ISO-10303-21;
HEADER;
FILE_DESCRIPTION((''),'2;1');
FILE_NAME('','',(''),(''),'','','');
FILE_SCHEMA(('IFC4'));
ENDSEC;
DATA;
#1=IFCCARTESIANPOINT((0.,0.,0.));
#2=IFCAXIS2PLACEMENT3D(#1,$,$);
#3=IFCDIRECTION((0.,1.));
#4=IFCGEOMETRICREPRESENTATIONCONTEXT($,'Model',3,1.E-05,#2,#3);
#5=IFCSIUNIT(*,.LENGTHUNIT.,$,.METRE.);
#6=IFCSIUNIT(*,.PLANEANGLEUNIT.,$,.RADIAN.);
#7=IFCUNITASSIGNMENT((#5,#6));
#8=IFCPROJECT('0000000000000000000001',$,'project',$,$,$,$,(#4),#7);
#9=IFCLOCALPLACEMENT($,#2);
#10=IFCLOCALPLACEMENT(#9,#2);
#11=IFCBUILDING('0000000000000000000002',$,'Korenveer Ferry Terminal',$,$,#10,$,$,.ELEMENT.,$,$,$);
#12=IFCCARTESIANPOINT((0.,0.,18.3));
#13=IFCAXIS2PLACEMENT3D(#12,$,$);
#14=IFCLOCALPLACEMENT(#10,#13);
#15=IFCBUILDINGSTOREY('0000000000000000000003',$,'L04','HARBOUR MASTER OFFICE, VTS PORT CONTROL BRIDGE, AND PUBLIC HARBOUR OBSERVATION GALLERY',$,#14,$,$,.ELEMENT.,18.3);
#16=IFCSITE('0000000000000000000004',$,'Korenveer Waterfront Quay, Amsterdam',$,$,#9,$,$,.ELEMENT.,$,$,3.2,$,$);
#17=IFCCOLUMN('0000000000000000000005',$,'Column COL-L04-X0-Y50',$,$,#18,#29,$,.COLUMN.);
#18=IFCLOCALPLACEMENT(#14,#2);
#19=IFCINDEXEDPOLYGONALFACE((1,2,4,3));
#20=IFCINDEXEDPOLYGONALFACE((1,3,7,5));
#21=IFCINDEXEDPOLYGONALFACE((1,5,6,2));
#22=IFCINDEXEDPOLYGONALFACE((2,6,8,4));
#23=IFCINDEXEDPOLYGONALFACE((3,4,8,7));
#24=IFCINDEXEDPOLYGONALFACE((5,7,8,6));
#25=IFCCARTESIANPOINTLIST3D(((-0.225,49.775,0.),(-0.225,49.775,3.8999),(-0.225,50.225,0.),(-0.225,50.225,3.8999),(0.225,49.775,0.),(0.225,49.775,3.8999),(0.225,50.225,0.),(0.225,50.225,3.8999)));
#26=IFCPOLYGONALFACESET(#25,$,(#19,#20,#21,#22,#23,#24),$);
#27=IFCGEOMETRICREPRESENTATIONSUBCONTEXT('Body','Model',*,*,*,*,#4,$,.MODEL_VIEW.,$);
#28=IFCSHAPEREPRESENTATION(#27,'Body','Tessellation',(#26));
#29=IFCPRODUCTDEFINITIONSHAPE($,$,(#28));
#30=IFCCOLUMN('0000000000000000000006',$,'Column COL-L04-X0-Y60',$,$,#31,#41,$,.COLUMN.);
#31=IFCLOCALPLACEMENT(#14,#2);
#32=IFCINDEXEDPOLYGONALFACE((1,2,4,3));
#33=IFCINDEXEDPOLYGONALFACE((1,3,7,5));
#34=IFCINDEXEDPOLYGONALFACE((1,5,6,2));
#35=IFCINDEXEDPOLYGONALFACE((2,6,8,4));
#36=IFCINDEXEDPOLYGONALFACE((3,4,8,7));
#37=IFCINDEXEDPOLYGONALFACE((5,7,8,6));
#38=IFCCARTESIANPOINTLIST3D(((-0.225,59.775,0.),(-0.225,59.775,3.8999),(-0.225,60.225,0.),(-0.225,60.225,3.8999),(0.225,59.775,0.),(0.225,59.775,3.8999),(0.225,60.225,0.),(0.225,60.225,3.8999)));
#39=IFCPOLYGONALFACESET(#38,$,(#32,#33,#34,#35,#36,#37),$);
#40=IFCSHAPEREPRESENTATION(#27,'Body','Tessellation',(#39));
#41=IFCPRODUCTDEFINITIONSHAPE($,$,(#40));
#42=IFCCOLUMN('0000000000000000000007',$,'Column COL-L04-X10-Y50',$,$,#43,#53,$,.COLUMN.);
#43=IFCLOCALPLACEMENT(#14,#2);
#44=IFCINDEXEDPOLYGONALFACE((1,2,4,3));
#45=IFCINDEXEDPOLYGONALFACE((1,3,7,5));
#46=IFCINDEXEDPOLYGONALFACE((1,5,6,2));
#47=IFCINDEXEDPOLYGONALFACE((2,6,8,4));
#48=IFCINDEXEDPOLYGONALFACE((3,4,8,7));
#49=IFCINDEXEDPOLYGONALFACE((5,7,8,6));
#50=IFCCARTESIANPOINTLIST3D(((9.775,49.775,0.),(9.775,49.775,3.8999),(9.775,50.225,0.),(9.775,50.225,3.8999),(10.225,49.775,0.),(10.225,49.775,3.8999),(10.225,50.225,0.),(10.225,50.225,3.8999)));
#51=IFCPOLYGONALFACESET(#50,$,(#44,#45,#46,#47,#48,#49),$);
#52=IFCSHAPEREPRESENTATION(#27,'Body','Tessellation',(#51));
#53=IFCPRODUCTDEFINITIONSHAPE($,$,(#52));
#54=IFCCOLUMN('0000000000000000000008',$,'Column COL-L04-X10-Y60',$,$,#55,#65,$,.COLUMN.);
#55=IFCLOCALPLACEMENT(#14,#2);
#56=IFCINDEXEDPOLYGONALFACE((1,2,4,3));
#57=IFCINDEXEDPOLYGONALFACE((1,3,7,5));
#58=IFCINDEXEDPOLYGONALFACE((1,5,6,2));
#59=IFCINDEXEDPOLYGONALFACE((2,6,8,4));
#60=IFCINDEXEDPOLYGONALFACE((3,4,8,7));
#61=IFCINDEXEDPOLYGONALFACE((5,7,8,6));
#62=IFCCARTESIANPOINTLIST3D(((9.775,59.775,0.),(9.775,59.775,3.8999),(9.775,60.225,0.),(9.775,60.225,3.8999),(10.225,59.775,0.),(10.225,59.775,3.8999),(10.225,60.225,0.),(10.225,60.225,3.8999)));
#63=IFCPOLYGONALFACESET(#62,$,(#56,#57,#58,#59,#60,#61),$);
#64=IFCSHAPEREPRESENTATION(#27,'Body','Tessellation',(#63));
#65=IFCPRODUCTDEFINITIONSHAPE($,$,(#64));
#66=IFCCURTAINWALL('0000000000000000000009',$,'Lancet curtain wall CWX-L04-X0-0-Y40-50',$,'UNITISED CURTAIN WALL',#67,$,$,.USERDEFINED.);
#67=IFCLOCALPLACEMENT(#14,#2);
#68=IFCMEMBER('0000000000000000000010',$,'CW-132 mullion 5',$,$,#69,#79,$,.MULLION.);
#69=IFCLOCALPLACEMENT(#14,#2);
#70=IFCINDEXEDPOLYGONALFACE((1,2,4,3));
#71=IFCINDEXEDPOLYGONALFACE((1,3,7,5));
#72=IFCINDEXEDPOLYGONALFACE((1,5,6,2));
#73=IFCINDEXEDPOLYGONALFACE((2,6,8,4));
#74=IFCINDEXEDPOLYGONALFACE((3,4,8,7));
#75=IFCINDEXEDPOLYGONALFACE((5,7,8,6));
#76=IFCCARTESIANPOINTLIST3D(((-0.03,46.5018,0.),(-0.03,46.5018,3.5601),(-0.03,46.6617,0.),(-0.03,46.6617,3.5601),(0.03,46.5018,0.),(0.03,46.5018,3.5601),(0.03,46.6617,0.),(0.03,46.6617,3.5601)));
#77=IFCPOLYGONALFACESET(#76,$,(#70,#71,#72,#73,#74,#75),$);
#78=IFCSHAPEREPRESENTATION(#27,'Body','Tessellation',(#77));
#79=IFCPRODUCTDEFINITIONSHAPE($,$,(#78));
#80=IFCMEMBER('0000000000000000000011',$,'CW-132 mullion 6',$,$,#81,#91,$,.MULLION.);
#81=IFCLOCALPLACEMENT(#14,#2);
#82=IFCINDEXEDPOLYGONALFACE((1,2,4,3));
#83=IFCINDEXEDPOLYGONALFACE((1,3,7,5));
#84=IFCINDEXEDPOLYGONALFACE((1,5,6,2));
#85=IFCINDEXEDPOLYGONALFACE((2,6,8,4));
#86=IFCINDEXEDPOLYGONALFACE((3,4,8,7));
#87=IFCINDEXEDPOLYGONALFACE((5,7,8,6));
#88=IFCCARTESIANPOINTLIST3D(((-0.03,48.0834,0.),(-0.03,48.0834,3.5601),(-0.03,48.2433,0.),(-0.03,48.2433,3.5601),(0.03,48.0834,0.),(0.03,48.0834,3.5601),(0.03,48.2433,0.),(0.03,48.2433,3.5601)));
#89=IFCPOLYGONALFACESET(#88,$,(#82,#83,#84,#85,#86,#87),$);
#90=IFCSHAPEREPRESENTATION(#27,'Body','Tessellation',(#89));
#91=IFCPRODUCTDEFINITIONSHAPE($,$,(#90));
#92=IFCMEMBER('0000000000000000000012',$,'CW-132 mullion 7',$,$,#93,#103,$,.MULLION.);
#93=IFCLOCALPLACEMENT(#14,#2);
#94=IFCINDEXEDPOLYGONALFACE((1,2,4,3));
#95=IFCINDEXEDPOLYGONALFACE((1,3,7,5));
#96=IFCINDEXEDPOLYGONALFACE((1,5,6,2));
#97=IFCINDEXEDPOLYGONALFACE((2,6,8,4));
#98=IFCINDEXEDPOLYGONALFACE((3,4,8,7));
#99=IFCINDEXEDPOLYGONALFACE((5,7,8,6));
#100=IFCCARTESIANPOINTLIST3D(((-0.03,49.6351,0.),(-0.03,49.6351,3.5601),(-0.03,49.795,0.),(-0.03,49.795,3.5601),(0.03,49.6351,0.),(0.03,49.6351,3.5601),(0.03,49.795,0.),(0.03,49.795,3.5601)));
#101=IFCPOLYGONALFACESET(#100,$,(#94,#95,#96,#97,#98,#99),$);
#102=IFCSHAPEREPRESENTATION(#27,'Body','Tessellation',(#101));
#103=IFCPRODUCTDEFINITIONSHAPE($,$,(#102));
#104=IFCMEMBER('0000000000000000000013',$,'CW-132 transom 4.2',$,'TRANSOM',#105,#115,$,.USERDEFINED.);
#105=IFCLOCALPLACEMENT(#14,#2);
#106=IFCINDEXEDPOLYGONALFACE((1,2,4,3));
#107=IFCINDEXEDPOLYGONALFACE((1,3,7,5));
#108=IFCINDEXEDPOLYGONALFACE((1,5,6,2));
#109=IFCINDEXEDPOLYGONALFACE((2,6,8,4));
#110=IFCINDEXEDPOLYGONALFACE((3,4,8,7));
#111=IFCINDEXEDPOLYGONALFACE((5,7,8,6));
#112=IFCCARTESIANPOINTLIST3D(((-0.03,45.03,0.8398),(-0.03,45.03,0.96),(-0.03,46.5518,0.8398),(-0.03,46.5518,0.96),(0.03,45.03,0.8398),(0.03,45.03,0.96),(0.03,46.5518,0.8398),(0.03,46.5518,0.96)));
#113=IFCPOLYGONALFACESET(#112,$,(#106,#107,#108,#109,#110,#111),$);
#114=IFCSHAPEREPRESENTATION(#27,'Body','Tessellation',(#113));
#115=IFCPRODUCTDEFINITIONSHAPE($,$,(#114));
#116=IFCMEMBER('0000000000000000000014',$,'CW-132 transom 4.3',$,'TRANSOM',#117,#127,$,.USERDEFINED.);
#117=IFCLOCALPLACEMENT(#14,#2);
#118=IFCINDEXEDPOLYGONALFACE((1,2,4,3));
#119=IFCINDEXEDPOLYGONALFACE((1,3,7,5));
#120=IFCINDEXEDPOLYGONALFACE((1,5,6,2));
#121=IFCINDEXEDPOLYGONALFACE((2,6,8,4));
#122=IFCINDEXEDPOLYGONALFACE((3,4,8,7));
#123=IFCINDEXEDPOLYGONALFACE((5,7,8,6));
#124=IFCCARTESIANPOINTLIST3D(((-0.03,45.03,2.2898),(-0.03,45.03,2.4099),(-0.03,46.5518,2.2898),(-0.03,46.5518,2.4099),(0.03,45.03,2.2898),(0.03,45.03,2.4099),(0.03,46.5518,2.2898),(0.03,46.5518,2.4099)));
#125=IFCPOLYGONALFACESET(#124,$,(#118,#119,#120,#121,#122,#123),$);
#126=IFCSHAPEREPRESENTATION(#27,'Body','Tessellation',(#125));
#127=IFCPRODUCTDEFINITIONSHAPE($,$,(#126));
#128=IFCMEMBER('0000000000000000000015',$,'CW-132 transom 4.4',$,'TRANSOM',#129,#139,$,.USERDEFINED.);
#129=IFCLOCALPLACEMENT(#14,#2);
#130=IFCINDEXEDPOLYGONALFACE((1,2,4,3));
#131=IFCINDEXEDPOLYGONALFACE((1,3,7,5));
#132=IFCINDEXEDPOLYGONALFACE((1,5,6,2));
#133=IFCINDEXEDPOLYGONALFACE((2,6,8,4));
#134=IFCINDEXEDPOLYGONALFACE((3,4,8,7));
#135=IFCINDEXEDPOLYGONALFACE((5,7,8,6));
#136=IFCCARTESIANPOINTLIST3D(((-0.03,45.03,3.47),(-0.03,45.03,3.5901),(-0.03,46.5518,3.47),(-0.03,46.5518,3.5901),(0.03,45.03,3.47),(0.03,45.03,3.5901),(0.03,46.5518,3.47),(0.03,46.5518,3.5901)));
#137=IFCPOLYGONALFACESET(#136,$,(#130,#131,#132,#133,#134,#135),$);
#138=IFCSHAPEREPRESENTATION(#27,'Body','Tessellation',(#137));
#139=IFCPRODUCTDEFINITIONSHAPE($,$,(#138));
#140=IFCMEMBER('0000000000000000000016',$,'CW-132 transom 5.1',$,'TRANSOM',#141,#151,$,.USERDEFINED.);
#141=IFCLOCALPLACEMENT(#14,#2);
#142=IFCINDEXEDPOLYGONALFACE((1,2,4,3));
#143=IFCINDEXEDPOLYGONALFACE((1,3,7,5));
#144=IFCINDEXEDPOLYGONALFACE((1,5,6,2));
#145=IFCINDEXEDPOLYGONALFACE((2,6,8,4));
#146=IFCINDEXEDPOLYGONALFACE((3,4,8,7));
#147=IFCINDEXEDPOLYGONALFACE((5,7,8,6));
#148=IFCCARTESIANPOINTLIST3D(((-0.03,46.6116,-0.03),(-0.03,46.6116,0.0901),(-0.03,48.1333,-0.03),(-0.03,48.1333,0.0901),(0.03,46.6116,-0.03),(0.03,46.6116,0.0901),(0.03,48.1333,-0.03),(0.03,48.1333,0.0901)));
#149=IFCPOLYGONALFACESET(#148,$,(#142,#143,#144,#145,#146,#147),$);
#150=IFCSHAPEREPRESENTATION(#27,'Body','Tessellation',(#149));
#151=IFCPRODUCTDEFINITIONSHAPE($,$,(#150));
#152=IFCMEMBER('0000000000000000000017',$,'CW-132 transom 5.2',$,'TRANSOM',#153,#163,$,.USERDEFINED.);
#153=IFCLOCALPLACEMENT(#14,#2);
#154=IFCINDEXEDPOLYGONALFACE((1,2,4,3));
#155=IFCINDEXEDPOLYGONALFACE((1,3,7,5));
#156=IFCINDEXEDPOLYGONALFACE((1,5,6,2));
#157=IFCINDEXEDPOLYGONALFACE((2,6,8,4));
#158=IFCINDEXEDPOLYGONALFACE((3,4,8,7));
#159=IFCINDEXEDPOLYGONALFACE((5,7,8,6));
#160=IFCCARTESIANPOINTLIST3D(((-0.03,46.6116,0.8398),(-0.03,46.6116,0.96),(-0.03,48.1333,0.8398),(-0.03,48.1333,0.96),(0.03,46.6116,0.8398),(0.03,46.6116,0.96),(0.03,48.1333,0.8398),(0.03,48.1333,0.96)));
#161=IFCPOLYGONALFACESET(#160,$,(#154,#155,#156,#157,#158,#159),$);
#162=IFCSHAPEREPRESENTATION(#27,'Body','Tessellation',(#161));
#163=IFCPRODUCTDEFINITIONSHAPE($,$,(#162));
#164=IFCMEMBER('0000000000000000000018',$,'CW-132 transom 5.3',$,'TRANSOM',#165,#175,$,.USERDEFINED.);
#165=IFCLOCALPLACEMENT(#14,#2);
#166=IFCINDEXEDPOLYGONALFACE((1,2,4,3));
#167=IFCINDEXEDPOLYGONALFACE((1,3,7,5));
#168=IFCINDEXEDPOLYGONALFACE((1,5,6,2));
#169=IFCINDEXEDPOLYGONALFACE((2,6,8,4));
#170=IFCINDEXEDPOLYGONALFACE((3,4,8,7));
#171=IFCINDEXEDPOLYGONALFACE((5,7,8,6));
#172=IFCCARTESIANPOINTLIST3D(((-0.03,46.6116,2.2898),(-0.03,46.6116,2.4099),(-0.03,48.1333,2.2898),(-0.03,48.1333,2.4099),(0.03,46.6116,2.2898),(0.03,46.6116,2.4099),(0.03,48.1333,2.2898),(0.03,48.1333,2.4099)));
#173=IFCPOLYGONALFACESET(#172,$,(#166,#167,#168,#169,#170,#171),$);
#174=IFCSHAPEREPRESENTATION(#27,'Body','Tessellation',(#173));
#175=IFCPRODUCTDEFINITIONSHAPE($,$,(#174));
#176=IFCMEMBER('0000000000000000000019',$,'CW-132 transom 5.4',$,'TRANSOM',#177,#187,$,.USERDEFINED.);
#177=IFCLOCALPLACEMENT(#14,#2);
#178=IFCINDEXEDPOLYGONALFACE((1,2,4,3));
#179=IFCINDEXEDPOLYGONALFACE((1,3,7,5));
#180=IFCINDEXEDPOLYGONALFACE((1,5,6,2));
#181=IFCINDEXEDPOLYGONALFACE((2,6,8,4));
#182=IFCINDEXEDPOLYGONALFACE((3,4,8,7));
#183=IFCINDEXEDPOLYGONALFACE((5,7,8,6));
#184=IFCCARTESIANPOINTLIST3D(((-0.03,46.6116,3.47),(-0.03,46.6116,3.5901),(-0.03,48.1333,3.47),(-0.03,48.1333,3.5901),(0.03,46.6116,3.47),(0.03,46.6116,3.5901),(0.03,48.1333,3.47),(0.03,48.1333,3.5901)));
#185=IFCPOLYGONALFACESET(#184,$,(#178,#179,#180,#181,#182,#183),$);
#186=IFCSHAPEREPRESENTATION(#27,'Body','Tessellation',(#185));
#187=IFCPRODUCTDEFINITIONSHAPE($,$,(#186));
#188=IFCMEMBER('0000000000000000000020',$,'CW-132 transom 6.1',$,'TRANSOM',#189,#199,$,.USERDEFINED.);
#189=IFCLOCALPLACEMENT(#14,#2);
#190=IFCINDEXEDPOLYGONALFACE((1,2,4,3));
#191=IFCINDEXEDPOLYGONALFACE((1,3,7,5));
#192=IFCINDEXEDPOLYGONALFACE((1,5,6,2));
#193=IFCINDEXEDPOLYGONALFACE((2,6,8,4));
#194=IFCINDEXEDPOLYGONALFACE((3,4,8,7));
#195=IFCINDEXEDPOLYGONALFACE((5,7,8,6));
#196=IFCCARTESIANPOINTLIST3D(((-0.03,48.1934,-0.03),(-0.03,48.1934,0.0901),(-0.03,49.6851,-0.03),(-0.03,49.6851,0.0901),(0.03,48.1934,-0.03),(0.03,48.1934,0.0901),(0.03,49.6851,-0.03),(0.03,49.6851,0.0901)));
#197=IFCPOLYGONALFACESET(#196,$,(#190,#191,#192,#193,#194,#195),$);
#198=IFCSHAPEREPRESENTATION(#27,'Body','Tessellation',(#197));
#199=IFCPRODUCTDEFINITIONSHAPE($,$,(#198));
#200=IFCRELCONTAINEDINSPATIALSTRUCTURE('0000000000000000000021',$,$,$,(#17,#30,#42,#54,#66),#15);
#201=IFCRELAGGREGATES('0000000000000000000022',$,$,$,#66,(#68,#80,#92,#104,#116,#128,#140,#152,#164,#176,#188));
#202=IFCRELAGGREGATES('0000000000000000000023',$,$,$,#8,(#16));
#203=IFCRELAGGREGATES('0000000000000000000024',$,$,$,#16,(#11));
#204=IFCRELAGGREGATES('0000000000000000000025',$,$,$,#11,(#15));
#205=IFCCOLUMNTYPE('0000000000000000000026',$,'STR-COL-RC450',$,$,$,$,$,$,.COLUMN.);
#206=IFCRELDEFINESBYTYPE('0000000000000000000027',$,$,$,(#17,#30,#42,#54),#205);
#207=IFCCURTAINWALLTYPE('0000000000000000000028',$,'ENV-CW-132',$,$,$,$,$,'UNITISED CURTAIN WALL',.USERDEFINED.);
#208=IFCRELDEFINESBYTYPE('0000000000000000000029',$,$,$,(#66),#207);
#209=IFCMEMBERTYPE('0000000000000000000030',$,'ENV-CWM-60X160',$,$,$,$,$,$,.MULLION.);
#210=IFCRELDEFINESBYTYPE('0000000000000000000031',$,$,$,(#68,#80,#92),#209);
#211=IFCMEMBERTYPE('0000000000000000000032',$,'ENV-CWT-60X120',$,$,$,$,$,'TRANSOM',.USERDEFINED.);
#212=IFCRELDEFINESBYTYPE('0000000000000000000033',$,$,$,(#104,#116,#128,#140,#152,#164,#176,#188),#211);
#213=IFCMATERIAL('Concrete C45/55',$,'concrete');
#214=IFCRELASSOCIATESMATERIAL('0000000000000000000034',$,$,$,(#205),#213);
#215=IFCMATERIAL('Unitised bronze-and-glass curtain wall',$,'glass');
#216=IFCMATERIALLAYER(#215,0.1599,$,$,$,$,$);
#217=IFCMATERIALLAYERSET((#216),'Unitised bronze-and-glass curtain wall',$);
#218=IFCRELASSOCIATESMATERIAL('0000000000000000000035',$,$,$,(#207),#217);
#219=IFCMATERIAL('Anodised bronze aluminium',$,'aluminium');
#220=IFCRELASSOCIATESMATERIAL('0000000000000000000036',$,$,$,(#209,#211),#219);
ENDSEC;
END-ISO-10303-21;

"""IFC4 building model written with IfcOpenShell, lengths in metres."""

from ifc_helpers import new_model, si_unit, direction, frame, origin, origin_2d, place, context, subcontext, project, spatial, rectangle, extrude, material, layer, layer_set, material_profile, profile_set, type_object, element, aggregate, save


model = new_model("IFC4")

# Units and contexts
model_context = context("Model", 3, precision=1e-05, world=origin(), true_north=direction((0.0, 1.0)))
body_context = subcontext(model_context, "Body", "Model", "MODEL_VIEW")
ifc_project = project(units=[si_unit("LENGTHUNIT", "METRE"), si_unit("PLANEANGLEUNIT", "RADIAN")], contexts=[model_context])

# Site, building, storey
site_placement = place(None, origin())
site = spatial("IfcSite", under=ifc_project, at=site_placement, Name="Korenveer Waterfront Quay, Amsterdam", CompositionType="ELEMENT", RefElevation=3.2)
building_placement = place(site_placement, origin())
building = spatial("IfcBuilding", under=site, at=building_placement, Name="Korenveer Ferry Terminal", CompositionType="ELEMENT")
storey_placement = place(building_placement, frame((0.0, 0.0, 18.3)))
storey = spatial("IfcBuildingStorey", under=building, at=storey_placement, Name="L04", Description="HARBOUR MASTER OFFICE, VTS PORT CONTROL BRIDGE, AND PUBLIC HARBOUR OBSERVATION GALLERY", CompositionType="ELEMENT", Elevation=18.3)

# Columns
ifc_material_1 = material(Name="Concrete C45/55", Category="concrete")
ifc_material_profile_1 = material_profile(ifc_material_1, rectangle(XDim=0.45, YDim=0.45, at=origin_2d()), Name="RC 450x450")
ifc_profile_set_1 = profile_set([ifc_material_profile_1], Name="Concrete C45/55")
column_type = type_object("IfcColumnType", Name="STR-COL-RC450", PredefinedType="COLUMN", material=ifc_profile_set_1)
for number, where, z_axis, x_axis, name in (
    (1, (0.0, 50.0, 0.0), (0.0, 0.0, 1.0), (1.0, 0.0, 0.0), "Column COL-L04-X0-Y50"),
    (2, (0.0, 60.0, 0.0), (0.0, 0.0, 1.0), (1.0, 0.0, 0.0), "Column COL-L04-X0-Y60"),
    (3, (10.0, 50.0, 0.0), (0.0, 0.0, 1.0), (1.0, 0.0, 0.0), "Column COL-L04-X10-Y50"),
    (4, (10.0, 60.0, 0.0), (0.0, 0.0, 1.0), (1.0, 0.0, 0.0), "Column COL-L04-X10-Y60"),
):
    element("IfcColumn", number, at=place(storey_placement, frame(where, z_axis=z_axis, x_axis=x_axis)), inside=storey, type_object=column_type, Name=name, PredefinedType="COLUMN", context=body_context, shape_type="SweptSolid", body=[
        extrude(rectangle(XDim=0.45, YDim=0.45, at=origin_2d()), origin(), (0.0, 0.0, 1.0), 3.8999),
    ])

# Curtain wall, members
ifc_material_2 = material(Name="Unitised bronze-and-glass curtain wall", Category="glass")
ifc_layer_1 = layer(ifc_material_2, 0.1599)
ifc_layer_set_1 = layer_set([ifc_layer_1], Name="Unitised bronze-and-glass curtain wall")
curtain_wall_type = type_object("IfcCurtainWallType", Name="ENV-CW-132", ElementType="UNITISED CURTAIN WALL", PredefinedType="USERDEFINED", material=ifc_layer_set_1)
curtain_wall_placement = place(storey_placement, frame((0.0, 40.2549, 0.0)))
curtain_wall = element("IfcCurtainWall", 5, at=curtain_wall_placement, inside=storey, type_object=curtain_wall_type, Name="Lancet curtain wall CWX-L04-X0-0-Y40-50", ObjectType="UNITISED CURTAIN WALL", PredefinedType="USERDEFINED")
ifc_material_3 = material(Name="Anodised bronze aluminium", Category="aluminium")
ifc_material_profile_2 = material_profile(ifc_material_3, rectangle(XDim=0.0601, YDim=0.1599, at=origin_2d()), Name="ALU 60x160")
ifc_profile_set_2 = profile_set([ifc_material_profile_2], Name="Anodised bronze aluminium")
member_type_1 = type_object("IfcMemberType", Name="ENV-CWM-60X160", PredefinedType="MULLION", material=ifc_profile_set_2)
member_1_placement = place(storey_placement, frame((0.0, 46.5818, 0.0), z_axis=(0.0, 0.0, 1.0), x_axis=(-1.0, 0.0, 0.0)))
member_1 = element("IfcMember", 6, at=member_1_placement, type_object=member_type_1, Name="CW-132 mullion 5", PredefinedType="MULLION", context=body_context, shape_type="SweptSolid", body=[
    extrude(rectangle(XDim=0.0601, YDim=0.1599, at=origin_2d()), origin(), (0.0, 0.0, 1.0), 3.5601),
])
member_2_placement = place(storey_placement, frame((0.0, 48.1633, 0.0), z_axis=(0.0, 0.0, 1.0), x_axis=(-1.0, 0.0, 0.0)))
member_2 = element("IfcMember", 7, at=member_2_placement, type_object=member_type_1, Name="CW-132 mullion 6", PredefinedType="MULLION", context=body_context, shape_type="SweptSolid", body=[
    extrude(rectangle(XDim=0.0601, YDim=0.1599, at=origin_2d()), origin(), (0.0, 0.0, 1.0), 3.5601),
])
member_3_placement = place(storey_placement, frame((0.0, 49.7151, 0.0), z_axis=(0.0, 0.0, 1.0), x_axis=(-1.0, 0.0, 0.0)))
member_3 = element("IfcMember", 8, at=member_3_placement, type_object=member_type_1, Name="CW-132 mullion 7", PredefinedType="MULLION", context=body_context, shape_type="SweptSolid", body=[
    extrude(rectangle(XDim=0.0601, YDim=0.1599, at=origin_2d()), origin(), (0.0, 0.0, 1.0), 3.5601),
])
ifc_material_profile_3 = material_profile(ifc_material_3, rectangle(XDim=0.0601, YDim=0.1201, at=origin_2d()), Name="ALU 60x120")
ifc_profile_set_3 = profile_set([ifc_material_profile_3], Name="Anodised bronze aluminium")
member_type_2 = type_object("IfcMemberType", Name="ENV-CWT-60X120", ElementType="TRANSOM", PredefinedType="USERDEFINED", material=ifc_profile_set_3)
member_4_placement = place(storey_placement, frame((0.0, 45.03, 0.8999), z_axis=(0.0, 1.0, 0.0), x_axis=(-1.0, 0.0, 0.0)))
member_4 = element("IfcMember", 9, at=member_4_placement, type_object=member_type_2, Name="CW-132 transom 4.2", ObjectType="TRANSOM", PredefinedType="USERDEFINED", context=body_context, shape_type="SweptSolid", body=[
    extrude(rectangle(XDim=0.0601, YDim=0.1201, at=origin_2d()), origin(), (0.0, 0.0, 1.0), 1.5217),
])
member_5_placement = place(storey_placement, frame((0.0, 45.03, 2.3499), z_axis=(0.0, 1.0, 0.0), x_axis=(-1.0, 0.0, 0.0)))
member_5 = element("IfcMember", 10, at=member_5_placement, type_object=member_type_2, Name="CW-132 transom 4.3", ObjectType="TRANSOM", PredefinedType="USERDEFINED", context=body_context, shape_type="SweptSolid", body=[
    extrude(rectangle(XDim=0.0601, YDim=0.1201, at=origin_2d()), origin(), (0.0, 0.0, 1.0), 1.5217),
])
member_6_placement = place(storey_placement, frame((0.0, 45.03, 3.53), z_axis=(0.0, 1.0, 0.0), x_axis=(-1.0, 0.0, 0.0)))
member_6 = element("IfcMember", 11, at=member_6_placement, type_object=member_type_2, Name="CW-132 transom 4.4", ObjectType="TRANSOM", PredefinedType="USERDEFINED", context=body_context, shape_type="SweptSolid", body=[
    extrude(rectangle(XDim=0.0601, YDim=0.1201, at=origin_2d()), origin(), (0.0, 0.0, 1.0), 1.5217),
])
member_7_placement = place(storey_placement, frame((0.0, 46.6116, 0.03), z_axis=(0.0, 1.0, 0.0), x_axis=(-1.0, 0.0, 0.0)))
member_7 = element("IfcMember", 12, at=member_7_placement, type_object=member_type_2, Name="CW-132 transom 5.1", ObjectType="TRANSOM", PredefinedType="USERDEFINED", context=body_context, shape_type="SweptSolid", body=[
    extrude(rectangle(XDim=0.0601, YDim=0.1201, at=origin_2d()), origin(), (0.0, 0.0, 1.0), 1.5217),
])
member_8_placement = place(storey_placement, frame((0.0, 46.6116, 0.8999), z_axis=(0.0, 1.0, 0.0), x_axis=(-1.0, 0.0, 0.0)))
member_8 = element("IfcMember", 13, at=member_8_placement, type_object=member_type_2, Name="CW-132 transom 5.2", ObjectType="TRANSOM", PredefinedType="USERDEFINED", context=body_context, shape_type="SweptSolid", body=[
    extrude(rectangle(XDim=0.0601, YDim=0.1201, at=origin_2d()), origin(), (0.0, 0.0, 1.0), 1.5217),
])
member_9_placement = place(storey_placement, frame((0.0, 46.6116, 2.3499), z_axis=(0.0, 1.0, 0.0), x_axis=(-1.0, 0.0, 0.0)))
member_9 = element("IfcMember", 14, at=member_9_placement, type_object=member_type_2, Name="CW-132 transom 5.3", ObjectType="TRANSOM", PredefinedType="USERDEFINED", context=body_context, shape_type="SweptSolid", body=[
    extrude(rectangle(XDim=0.0601, YDim=0.1201, at=origin_2d()), origin(), (0.0, 0.0, 1.0), 1.5217),
])
member_10_placement = place(storey_placement, frame((0.0, 46.6116, 3.53), z_axis=(0.0, 1.0, 0.0), x_axis=(-1.0, 0.0, 0.0)))
member_10 = element("IfcMember", 15, at=member_10_placement, type_object=member_type_2, Name="CW-132 transom 5.4", ObjectType="TRANSOM", PredefinedType="USERDEFINED", context=body_context, shape_type="SweptSolid", body=[
    extrude(rectangle(XDim=0.0601, YDim=0.1201, at=origin_2d()), origin(), (0.0, 0.0, 1.0), 1.5217),
])
member_11_placement = place(storey_placement, frame((0.0, 48.1934, 0.03), z_axis=(0.0, 1.0, 0.0), x_axis=(-1.0, 0.0, 0.0)))
member_11 = element("IfcMember", 16, at=member_11_placement, type_object=member_type_2, Name="CW-132 transom 6.1", ObjectType="TRANSOM", PredefinedType="USERDEFINED", context=body_context, shape_type="SweptSolid", body=[
    extrude(rectangle(XDim=0.0601, YDim=0.1201, at=origin_2d()), origin(), (0.0, 0.0, 1.0), 1.4917),
])
aggregate(curtain_wall, [member_1, member_2, member_3, member_4, member_5, member_6, member_7, member_8, member_9, member_10, member_11])

save(model, "model.ifc")
